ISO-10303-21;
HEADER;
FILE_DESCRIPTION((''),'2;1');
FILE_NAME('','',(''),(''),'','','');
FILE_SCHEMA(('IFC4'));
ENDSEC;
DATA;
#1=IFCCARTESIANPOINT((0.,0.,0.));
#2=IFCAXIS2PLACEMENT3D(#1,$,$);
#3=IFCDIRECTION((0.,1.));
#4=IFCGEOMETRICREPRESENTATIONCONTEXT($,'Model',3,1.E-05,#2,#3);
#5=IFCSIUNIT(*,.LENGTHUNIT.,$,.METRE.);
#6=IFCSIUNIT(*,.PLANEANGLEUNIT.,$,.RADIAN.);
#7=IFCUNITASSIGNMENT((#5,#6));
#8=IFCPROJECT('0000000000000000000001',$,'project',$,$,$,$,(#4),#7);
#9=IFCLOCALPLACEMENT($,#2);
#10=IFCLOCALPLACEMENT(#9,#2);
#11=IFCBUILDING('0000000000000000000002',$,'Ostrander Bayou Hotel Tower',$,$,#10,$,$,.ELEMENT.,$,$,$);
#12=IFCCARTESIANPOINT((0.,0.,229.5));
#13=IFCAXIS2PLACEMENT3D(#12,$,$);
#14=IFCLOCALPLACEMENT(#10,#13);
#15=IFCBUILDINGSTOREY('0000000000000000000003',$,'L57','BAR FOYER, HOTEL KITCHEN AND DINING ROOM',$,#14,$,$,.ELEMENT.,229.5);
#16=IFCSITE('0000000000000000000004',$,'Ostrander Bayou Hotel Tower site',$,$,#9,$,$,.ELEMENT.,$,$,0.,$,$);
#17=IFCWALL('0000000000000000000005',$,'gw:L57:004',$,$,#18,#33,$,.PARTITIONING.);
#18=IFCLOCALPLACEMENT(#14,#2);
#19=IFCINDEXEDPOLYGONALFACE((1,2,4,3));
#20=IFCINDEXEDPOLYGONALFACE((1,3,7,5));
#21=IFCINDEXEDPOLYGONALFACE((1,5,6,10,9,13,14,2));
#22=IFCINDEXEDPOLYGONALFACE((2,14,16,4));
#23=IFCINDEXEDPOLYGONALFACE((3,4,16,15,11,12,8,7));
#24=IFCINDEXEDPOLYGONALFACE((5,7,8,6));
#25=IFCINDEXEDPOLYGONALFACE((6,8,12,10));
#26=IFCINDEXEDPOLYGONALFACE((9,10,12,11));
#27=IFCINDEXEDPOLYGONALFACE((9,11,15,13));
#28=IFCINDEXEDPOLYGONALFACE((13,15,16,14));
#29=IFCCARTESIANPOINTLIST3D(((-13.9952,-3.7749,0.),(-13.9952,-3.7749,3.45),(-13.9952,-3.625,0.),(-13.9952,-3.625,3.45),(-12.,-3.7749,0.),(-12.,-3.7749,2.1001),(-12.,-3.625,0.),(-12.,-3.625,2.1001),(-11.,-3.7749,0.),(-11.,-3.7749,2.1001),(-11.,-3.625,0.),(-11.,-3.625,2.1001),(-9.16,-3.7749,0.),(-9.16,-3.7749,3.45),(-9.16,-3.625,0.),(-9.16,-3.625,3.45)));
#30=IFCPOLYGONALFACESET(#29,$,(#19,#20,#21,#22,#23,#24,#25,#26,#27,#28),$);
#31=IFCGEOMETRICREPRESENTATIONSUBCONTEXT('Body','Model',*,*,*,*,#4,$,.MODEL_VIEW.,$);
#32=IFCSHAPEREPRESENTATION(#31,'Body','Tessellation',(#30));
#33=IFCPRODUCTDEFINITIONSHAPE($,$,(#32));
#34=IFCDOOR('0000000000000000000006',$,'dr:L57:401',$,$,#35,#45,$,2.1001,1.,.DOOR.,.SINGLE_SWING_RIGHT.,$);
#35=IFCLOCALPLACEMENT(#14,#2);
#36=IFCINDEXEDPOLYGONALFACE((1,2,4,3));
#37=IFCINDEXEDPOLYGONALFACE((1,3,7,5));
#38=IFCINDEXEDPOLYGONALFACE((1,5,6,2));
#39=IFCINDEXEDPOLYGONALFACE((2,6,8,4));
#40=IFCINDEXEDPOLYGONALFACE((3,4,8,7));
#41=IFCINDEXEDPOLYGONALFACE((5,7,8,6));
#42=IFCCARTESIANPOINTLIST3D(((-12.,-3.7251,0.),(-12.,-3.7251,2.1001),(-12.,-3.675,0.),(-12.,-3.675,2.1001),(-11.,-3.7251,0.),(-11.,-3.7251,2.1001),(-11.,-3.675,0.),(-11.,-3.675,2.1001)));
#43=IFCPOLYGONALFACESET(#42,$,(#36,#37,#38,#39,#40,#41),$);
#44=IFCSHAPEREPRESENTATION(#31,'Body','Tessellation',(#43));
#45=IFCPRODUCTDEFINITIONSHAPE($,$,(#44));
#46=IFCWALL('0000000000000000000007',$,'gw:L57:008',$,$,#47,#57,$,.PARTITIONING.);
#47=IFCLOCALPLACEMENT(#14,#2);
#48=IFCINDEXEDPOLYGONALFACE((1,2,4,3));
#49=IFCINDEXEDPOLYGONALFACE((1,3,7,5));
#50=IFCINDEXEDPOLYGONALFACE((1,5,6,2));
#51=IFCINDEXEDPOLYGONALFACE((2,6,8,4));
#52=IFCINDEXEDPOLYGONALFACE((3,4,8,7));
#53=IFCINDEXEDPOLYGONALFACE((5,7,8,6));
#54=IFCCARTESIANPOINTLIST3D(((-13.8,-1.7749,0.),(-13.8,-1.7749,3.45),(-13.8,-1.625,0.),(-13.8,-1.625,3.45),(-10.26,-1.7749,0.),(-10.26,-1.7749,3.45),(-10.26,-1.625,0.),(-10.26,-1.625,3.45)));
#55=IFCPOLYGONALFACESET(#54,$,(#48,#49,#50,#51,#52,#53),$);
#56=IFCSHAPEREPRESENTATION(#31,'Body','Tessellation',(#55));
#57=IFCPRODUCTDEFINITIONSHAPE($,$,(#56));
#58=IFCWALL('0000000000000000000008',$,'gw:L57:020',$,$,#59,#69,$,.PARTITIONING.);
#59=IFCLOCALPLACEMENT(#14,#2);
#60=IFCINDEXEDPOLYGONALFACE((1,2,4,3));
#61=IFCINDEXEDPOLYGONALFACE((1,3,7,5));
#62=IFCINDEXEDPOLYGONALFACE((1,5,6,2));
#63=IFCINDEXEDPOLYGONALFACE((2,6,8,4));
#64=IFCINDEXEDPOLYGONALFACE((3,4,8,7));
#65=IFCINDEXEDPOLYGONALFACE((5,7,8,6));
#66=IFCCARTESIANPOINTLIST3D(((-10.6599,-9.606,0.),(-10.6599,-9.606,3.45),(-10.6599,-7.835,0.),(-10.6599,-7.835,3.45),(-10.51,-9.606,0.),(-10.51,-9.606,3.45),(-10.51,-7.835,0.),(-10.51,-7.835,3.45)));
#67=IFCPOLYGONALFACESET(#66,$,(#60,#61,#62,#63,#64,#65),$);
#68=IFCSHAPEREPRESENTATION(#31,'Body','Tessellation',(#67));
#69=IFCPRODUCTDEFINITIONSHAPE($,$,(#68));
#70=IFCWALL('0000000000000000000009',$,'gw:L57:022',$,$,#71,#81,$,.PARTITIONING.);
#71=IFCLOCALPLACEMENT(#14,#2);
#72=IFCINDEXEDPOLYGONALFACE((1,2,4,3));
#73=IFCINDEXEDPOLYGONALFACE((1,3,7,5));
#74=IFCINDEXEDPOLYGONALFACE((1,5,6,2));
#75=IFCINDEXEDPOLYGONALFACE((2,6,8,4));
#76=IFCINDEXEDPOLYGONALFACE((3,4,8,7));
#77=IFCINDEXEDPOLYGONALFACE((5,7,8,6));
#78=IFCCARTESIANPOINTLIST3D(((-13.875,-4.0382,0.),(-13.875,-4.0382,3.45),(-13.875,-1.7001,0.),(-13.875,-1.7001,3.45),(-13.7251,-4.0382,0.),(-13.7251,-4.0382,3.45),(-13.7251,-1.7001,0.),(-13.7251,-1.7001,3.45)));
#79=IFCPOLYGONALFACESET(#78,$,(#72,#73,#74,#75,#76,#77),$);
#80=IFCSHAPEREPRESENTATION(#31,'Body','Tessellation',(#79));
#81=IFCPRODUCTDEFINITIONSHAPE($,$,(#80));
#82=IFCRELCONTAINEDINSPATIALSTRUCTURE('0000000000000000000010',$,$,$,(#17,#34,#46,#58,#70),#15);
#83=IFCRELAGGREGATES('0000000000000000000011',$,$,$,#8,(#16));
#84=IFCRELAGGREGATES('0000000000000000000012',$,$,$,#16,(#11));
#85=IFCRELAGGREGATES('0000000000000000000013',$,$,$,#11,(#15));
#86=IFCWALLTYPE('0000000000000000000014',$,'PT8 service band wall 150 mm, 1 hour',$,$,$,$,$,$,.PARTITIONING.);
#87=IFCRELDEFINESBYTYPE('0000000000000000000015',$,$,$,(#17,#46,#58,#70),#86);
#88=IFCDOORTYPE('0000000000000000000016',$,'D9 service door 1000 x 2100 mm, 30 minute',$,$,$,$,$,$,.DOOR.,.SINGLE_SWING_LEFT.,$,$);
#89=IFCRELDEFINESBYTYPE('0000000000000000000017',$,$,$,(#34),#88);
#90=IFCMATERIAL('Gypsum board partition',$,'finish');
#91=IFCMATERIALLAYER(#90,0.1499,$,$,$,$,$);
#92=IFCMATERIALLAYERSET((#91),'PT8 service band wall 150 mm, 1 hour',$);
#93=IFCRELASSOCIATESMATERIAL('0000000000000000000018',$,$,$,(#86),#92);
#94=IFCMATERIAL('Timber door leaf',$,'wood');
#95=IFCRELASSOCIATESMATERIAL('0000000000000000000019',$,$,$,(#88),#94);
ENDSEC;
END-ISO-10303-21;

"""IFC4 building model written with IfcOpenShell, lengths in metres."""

from ifc_helpers import new_model, si_unit, direction, frame, frame_2d, origin, place, context, subcontext, project, spatial, rectangle, extrude, material, layer, layer_set, type_object, element, fill, save


model = new_model("IFC4")

# Units and contexts
model_context = context("Model", 3, precision=1e-05, world=origin(), true_north=direction((0.0, 1.0)))
body_context = subcontext(model_context, "Body", "Model", "MODEL_VIEW")
ifc_project = project(units=[si_unit("LENGTHUNIT", "METRE"), si_unit("PLANEANGLEUNIT", "RADIAN")], contexts=[model_context])

# Site, building, storey
site_placement = place(None, origin())
site = spatial("IfcSite", under=ifc_project, at=site_placement, Name="Ostrander Bayou Hotel Tower site", CompositionType="ELEMENT", RefElevation=0.0)
building_placement = place(site_placement, origin())
building = spatial("IfcBuilding", under=site, at=building_placement, Name="Ostrander Bayou Hotel Tower", CompositionType="ELEMENT")
storey_placement = place(building_placement, frame((0.0, 0.0, 229.5)))
storey = spatial("IfcBuildingStorey", under=building, at=storey_placement, Name="L57", Description="BAR FOYER, HOTEL KITCHEN AND DINING ROOM", CompositionType="ELEMENT", Elevation=229.5)

# Shared definitions
ifc_material_1 = material(Name="Gypsum board partition", Category="finish")
ifc_layer_1 = layer(ifc_material_1, 0.1499)
ifc_layer_set_1 = layer_set([ifc_layer_1], Name="PT8 service band wall 150 mm, 1 hour")
wall_type_1 = type_object("IfcWallType", Name="PT8 service band wall 150 mm, 1 hour", PredefinedType="PARTITIONING", material=ifc_layer_set_1)

# Wall, opening, door
wall_1_placement = place(storey_placement, frame((-13.9951, -3.7, 0.0), z_axis=(0.0, 0.0, 1.0), x_axis=(1.0, 0.0, 0.0)))
wall_1 = element("IfcWall", 1, at=wall_1_placement, inside=storey, type_object=wall_type_1, Name="gw:L57:004", PredefinedType="PARTITIONING", context=body_context, shape_type="SweptSolid", body=[
    extrude(rectangle(XDim=4.8352, YDim=0.1499, at=frame_2d((2.4175, 0.0))), origin(), (0.0, 0.0, 1.0), 3.45),
])
opening_1_placement = place(wall_1_placement, frame((1.9951, 0.0, 0.0)))
opening_1 = element("IfcOpeningElement", 2, at=opening_1_placement, cuts=wall_1, PredefinedType="OPENING", context=body_context, shape_type="SweptSolid", body=[
    extrude(rectangle(XDim=1.0, YDim=2.1001, at=frame_2d((0.5, 1.05))), frame((0.0, 0.075, 0.0), z_axis=(0.0, -1.0, 0.0), x_axis=(1.0, 0.0, 0.0)), (0.0, 0.0, 1.0), 0.1499),
])
ifc_material_2 = material(Name="Timber door leaf", Category="wood")
door_type = type_object("IfcDoorType", Name="D9 service door 1000 x 2100 mm, 30 minute", OperationType="SINGLE_SWING_LEFT", PredefinedType="DOOR", material=ifc_material_2)
door_placement = place(opening_1_placement, origin())
door = element("IfcDoor", 3, at=door_placement, inside=storey, type_object=door_type, Name="dr:L57:401", OperationType="SINGLE_SWING_RIGHT", OverallHeight=2.1001, OverallWidth=1.0, PredefinedType="DOOR", context=body_context, shape_type="SweptSolid", body=[
    extrude(rectangle(XDim=1.0, YDim=2.1001, at=frame_2d((0.5, 1.05))), frame((0.0, 0.0249, 0.0), z_axis=(0.0, -1.0, 0.0), x_axis=(1.0, 0.0, 0.0)), (0.0, 0.0, 1.0), 0.05),
])
fill(opening_1, door)

# Walls
wall_2_placement = place(storey_placement, frame((-13.8, -1.7, 0.0), z_axis=(0.0, 0.0, 1.0), x_axis=(1.0, 0.0, 0.0)))
element("IfcWall", 4, at=wall_2_placement, inside=storey, type_object=wall_type_1, Name="gw:L57:008", PredefinedType="PARTITIONING", context=body_context, shape_type="SweptSolid", body=[
    extrude(rectangle(XDim=3.54, YDim=0.1499, at=frame_2d((1.77, 0.0))), origin(), (0.0, 0.0, 1.0), 3.45),
])
wall_3_placement = place(storey_placement, frame((-10.585, -9.606, 0.0), z_axis=(0.0, 0.0, 1.0), x_axis=(0.0, 1.0, 0.0)))
element("IfcWall", 5, at=wall_3_placement, inside=storey, type_object=wall_type_1, Name="gw:L57:020", PredefinedType="PARTITIONING", context=body_context, shape_type="SweptSolid", body=[
    extrude(rectangle(XDim=1.771, YDim=0.1499, at=frame_2d((0.8855, 0.0))), origin(), (0.0, 0.0, 1.0), 3.45),
])
wall_4_placement = place(storey_placement, frame((-13.8, -4.0381, 0.0), z_axis=(0.0, 0.0, 1.0), x_axis=(0.0, 1.0, 0.0)))
element("IfcWall", 6, at=wall_4_placement, inside=storey, type_object=wall_type_1, Name="gw:L57:022", PredefinedType="PARTITIONING", context=body_context, shape_type="SweptSolid", body=[
    extrude(rectangle(XDim=2.3381, YDim=0.1499, at=frame_2d((1.1689, 0.0))), origin(), (0.0, 0.0, 1.0), 3.45),
])

save(model, "model.ifc")
